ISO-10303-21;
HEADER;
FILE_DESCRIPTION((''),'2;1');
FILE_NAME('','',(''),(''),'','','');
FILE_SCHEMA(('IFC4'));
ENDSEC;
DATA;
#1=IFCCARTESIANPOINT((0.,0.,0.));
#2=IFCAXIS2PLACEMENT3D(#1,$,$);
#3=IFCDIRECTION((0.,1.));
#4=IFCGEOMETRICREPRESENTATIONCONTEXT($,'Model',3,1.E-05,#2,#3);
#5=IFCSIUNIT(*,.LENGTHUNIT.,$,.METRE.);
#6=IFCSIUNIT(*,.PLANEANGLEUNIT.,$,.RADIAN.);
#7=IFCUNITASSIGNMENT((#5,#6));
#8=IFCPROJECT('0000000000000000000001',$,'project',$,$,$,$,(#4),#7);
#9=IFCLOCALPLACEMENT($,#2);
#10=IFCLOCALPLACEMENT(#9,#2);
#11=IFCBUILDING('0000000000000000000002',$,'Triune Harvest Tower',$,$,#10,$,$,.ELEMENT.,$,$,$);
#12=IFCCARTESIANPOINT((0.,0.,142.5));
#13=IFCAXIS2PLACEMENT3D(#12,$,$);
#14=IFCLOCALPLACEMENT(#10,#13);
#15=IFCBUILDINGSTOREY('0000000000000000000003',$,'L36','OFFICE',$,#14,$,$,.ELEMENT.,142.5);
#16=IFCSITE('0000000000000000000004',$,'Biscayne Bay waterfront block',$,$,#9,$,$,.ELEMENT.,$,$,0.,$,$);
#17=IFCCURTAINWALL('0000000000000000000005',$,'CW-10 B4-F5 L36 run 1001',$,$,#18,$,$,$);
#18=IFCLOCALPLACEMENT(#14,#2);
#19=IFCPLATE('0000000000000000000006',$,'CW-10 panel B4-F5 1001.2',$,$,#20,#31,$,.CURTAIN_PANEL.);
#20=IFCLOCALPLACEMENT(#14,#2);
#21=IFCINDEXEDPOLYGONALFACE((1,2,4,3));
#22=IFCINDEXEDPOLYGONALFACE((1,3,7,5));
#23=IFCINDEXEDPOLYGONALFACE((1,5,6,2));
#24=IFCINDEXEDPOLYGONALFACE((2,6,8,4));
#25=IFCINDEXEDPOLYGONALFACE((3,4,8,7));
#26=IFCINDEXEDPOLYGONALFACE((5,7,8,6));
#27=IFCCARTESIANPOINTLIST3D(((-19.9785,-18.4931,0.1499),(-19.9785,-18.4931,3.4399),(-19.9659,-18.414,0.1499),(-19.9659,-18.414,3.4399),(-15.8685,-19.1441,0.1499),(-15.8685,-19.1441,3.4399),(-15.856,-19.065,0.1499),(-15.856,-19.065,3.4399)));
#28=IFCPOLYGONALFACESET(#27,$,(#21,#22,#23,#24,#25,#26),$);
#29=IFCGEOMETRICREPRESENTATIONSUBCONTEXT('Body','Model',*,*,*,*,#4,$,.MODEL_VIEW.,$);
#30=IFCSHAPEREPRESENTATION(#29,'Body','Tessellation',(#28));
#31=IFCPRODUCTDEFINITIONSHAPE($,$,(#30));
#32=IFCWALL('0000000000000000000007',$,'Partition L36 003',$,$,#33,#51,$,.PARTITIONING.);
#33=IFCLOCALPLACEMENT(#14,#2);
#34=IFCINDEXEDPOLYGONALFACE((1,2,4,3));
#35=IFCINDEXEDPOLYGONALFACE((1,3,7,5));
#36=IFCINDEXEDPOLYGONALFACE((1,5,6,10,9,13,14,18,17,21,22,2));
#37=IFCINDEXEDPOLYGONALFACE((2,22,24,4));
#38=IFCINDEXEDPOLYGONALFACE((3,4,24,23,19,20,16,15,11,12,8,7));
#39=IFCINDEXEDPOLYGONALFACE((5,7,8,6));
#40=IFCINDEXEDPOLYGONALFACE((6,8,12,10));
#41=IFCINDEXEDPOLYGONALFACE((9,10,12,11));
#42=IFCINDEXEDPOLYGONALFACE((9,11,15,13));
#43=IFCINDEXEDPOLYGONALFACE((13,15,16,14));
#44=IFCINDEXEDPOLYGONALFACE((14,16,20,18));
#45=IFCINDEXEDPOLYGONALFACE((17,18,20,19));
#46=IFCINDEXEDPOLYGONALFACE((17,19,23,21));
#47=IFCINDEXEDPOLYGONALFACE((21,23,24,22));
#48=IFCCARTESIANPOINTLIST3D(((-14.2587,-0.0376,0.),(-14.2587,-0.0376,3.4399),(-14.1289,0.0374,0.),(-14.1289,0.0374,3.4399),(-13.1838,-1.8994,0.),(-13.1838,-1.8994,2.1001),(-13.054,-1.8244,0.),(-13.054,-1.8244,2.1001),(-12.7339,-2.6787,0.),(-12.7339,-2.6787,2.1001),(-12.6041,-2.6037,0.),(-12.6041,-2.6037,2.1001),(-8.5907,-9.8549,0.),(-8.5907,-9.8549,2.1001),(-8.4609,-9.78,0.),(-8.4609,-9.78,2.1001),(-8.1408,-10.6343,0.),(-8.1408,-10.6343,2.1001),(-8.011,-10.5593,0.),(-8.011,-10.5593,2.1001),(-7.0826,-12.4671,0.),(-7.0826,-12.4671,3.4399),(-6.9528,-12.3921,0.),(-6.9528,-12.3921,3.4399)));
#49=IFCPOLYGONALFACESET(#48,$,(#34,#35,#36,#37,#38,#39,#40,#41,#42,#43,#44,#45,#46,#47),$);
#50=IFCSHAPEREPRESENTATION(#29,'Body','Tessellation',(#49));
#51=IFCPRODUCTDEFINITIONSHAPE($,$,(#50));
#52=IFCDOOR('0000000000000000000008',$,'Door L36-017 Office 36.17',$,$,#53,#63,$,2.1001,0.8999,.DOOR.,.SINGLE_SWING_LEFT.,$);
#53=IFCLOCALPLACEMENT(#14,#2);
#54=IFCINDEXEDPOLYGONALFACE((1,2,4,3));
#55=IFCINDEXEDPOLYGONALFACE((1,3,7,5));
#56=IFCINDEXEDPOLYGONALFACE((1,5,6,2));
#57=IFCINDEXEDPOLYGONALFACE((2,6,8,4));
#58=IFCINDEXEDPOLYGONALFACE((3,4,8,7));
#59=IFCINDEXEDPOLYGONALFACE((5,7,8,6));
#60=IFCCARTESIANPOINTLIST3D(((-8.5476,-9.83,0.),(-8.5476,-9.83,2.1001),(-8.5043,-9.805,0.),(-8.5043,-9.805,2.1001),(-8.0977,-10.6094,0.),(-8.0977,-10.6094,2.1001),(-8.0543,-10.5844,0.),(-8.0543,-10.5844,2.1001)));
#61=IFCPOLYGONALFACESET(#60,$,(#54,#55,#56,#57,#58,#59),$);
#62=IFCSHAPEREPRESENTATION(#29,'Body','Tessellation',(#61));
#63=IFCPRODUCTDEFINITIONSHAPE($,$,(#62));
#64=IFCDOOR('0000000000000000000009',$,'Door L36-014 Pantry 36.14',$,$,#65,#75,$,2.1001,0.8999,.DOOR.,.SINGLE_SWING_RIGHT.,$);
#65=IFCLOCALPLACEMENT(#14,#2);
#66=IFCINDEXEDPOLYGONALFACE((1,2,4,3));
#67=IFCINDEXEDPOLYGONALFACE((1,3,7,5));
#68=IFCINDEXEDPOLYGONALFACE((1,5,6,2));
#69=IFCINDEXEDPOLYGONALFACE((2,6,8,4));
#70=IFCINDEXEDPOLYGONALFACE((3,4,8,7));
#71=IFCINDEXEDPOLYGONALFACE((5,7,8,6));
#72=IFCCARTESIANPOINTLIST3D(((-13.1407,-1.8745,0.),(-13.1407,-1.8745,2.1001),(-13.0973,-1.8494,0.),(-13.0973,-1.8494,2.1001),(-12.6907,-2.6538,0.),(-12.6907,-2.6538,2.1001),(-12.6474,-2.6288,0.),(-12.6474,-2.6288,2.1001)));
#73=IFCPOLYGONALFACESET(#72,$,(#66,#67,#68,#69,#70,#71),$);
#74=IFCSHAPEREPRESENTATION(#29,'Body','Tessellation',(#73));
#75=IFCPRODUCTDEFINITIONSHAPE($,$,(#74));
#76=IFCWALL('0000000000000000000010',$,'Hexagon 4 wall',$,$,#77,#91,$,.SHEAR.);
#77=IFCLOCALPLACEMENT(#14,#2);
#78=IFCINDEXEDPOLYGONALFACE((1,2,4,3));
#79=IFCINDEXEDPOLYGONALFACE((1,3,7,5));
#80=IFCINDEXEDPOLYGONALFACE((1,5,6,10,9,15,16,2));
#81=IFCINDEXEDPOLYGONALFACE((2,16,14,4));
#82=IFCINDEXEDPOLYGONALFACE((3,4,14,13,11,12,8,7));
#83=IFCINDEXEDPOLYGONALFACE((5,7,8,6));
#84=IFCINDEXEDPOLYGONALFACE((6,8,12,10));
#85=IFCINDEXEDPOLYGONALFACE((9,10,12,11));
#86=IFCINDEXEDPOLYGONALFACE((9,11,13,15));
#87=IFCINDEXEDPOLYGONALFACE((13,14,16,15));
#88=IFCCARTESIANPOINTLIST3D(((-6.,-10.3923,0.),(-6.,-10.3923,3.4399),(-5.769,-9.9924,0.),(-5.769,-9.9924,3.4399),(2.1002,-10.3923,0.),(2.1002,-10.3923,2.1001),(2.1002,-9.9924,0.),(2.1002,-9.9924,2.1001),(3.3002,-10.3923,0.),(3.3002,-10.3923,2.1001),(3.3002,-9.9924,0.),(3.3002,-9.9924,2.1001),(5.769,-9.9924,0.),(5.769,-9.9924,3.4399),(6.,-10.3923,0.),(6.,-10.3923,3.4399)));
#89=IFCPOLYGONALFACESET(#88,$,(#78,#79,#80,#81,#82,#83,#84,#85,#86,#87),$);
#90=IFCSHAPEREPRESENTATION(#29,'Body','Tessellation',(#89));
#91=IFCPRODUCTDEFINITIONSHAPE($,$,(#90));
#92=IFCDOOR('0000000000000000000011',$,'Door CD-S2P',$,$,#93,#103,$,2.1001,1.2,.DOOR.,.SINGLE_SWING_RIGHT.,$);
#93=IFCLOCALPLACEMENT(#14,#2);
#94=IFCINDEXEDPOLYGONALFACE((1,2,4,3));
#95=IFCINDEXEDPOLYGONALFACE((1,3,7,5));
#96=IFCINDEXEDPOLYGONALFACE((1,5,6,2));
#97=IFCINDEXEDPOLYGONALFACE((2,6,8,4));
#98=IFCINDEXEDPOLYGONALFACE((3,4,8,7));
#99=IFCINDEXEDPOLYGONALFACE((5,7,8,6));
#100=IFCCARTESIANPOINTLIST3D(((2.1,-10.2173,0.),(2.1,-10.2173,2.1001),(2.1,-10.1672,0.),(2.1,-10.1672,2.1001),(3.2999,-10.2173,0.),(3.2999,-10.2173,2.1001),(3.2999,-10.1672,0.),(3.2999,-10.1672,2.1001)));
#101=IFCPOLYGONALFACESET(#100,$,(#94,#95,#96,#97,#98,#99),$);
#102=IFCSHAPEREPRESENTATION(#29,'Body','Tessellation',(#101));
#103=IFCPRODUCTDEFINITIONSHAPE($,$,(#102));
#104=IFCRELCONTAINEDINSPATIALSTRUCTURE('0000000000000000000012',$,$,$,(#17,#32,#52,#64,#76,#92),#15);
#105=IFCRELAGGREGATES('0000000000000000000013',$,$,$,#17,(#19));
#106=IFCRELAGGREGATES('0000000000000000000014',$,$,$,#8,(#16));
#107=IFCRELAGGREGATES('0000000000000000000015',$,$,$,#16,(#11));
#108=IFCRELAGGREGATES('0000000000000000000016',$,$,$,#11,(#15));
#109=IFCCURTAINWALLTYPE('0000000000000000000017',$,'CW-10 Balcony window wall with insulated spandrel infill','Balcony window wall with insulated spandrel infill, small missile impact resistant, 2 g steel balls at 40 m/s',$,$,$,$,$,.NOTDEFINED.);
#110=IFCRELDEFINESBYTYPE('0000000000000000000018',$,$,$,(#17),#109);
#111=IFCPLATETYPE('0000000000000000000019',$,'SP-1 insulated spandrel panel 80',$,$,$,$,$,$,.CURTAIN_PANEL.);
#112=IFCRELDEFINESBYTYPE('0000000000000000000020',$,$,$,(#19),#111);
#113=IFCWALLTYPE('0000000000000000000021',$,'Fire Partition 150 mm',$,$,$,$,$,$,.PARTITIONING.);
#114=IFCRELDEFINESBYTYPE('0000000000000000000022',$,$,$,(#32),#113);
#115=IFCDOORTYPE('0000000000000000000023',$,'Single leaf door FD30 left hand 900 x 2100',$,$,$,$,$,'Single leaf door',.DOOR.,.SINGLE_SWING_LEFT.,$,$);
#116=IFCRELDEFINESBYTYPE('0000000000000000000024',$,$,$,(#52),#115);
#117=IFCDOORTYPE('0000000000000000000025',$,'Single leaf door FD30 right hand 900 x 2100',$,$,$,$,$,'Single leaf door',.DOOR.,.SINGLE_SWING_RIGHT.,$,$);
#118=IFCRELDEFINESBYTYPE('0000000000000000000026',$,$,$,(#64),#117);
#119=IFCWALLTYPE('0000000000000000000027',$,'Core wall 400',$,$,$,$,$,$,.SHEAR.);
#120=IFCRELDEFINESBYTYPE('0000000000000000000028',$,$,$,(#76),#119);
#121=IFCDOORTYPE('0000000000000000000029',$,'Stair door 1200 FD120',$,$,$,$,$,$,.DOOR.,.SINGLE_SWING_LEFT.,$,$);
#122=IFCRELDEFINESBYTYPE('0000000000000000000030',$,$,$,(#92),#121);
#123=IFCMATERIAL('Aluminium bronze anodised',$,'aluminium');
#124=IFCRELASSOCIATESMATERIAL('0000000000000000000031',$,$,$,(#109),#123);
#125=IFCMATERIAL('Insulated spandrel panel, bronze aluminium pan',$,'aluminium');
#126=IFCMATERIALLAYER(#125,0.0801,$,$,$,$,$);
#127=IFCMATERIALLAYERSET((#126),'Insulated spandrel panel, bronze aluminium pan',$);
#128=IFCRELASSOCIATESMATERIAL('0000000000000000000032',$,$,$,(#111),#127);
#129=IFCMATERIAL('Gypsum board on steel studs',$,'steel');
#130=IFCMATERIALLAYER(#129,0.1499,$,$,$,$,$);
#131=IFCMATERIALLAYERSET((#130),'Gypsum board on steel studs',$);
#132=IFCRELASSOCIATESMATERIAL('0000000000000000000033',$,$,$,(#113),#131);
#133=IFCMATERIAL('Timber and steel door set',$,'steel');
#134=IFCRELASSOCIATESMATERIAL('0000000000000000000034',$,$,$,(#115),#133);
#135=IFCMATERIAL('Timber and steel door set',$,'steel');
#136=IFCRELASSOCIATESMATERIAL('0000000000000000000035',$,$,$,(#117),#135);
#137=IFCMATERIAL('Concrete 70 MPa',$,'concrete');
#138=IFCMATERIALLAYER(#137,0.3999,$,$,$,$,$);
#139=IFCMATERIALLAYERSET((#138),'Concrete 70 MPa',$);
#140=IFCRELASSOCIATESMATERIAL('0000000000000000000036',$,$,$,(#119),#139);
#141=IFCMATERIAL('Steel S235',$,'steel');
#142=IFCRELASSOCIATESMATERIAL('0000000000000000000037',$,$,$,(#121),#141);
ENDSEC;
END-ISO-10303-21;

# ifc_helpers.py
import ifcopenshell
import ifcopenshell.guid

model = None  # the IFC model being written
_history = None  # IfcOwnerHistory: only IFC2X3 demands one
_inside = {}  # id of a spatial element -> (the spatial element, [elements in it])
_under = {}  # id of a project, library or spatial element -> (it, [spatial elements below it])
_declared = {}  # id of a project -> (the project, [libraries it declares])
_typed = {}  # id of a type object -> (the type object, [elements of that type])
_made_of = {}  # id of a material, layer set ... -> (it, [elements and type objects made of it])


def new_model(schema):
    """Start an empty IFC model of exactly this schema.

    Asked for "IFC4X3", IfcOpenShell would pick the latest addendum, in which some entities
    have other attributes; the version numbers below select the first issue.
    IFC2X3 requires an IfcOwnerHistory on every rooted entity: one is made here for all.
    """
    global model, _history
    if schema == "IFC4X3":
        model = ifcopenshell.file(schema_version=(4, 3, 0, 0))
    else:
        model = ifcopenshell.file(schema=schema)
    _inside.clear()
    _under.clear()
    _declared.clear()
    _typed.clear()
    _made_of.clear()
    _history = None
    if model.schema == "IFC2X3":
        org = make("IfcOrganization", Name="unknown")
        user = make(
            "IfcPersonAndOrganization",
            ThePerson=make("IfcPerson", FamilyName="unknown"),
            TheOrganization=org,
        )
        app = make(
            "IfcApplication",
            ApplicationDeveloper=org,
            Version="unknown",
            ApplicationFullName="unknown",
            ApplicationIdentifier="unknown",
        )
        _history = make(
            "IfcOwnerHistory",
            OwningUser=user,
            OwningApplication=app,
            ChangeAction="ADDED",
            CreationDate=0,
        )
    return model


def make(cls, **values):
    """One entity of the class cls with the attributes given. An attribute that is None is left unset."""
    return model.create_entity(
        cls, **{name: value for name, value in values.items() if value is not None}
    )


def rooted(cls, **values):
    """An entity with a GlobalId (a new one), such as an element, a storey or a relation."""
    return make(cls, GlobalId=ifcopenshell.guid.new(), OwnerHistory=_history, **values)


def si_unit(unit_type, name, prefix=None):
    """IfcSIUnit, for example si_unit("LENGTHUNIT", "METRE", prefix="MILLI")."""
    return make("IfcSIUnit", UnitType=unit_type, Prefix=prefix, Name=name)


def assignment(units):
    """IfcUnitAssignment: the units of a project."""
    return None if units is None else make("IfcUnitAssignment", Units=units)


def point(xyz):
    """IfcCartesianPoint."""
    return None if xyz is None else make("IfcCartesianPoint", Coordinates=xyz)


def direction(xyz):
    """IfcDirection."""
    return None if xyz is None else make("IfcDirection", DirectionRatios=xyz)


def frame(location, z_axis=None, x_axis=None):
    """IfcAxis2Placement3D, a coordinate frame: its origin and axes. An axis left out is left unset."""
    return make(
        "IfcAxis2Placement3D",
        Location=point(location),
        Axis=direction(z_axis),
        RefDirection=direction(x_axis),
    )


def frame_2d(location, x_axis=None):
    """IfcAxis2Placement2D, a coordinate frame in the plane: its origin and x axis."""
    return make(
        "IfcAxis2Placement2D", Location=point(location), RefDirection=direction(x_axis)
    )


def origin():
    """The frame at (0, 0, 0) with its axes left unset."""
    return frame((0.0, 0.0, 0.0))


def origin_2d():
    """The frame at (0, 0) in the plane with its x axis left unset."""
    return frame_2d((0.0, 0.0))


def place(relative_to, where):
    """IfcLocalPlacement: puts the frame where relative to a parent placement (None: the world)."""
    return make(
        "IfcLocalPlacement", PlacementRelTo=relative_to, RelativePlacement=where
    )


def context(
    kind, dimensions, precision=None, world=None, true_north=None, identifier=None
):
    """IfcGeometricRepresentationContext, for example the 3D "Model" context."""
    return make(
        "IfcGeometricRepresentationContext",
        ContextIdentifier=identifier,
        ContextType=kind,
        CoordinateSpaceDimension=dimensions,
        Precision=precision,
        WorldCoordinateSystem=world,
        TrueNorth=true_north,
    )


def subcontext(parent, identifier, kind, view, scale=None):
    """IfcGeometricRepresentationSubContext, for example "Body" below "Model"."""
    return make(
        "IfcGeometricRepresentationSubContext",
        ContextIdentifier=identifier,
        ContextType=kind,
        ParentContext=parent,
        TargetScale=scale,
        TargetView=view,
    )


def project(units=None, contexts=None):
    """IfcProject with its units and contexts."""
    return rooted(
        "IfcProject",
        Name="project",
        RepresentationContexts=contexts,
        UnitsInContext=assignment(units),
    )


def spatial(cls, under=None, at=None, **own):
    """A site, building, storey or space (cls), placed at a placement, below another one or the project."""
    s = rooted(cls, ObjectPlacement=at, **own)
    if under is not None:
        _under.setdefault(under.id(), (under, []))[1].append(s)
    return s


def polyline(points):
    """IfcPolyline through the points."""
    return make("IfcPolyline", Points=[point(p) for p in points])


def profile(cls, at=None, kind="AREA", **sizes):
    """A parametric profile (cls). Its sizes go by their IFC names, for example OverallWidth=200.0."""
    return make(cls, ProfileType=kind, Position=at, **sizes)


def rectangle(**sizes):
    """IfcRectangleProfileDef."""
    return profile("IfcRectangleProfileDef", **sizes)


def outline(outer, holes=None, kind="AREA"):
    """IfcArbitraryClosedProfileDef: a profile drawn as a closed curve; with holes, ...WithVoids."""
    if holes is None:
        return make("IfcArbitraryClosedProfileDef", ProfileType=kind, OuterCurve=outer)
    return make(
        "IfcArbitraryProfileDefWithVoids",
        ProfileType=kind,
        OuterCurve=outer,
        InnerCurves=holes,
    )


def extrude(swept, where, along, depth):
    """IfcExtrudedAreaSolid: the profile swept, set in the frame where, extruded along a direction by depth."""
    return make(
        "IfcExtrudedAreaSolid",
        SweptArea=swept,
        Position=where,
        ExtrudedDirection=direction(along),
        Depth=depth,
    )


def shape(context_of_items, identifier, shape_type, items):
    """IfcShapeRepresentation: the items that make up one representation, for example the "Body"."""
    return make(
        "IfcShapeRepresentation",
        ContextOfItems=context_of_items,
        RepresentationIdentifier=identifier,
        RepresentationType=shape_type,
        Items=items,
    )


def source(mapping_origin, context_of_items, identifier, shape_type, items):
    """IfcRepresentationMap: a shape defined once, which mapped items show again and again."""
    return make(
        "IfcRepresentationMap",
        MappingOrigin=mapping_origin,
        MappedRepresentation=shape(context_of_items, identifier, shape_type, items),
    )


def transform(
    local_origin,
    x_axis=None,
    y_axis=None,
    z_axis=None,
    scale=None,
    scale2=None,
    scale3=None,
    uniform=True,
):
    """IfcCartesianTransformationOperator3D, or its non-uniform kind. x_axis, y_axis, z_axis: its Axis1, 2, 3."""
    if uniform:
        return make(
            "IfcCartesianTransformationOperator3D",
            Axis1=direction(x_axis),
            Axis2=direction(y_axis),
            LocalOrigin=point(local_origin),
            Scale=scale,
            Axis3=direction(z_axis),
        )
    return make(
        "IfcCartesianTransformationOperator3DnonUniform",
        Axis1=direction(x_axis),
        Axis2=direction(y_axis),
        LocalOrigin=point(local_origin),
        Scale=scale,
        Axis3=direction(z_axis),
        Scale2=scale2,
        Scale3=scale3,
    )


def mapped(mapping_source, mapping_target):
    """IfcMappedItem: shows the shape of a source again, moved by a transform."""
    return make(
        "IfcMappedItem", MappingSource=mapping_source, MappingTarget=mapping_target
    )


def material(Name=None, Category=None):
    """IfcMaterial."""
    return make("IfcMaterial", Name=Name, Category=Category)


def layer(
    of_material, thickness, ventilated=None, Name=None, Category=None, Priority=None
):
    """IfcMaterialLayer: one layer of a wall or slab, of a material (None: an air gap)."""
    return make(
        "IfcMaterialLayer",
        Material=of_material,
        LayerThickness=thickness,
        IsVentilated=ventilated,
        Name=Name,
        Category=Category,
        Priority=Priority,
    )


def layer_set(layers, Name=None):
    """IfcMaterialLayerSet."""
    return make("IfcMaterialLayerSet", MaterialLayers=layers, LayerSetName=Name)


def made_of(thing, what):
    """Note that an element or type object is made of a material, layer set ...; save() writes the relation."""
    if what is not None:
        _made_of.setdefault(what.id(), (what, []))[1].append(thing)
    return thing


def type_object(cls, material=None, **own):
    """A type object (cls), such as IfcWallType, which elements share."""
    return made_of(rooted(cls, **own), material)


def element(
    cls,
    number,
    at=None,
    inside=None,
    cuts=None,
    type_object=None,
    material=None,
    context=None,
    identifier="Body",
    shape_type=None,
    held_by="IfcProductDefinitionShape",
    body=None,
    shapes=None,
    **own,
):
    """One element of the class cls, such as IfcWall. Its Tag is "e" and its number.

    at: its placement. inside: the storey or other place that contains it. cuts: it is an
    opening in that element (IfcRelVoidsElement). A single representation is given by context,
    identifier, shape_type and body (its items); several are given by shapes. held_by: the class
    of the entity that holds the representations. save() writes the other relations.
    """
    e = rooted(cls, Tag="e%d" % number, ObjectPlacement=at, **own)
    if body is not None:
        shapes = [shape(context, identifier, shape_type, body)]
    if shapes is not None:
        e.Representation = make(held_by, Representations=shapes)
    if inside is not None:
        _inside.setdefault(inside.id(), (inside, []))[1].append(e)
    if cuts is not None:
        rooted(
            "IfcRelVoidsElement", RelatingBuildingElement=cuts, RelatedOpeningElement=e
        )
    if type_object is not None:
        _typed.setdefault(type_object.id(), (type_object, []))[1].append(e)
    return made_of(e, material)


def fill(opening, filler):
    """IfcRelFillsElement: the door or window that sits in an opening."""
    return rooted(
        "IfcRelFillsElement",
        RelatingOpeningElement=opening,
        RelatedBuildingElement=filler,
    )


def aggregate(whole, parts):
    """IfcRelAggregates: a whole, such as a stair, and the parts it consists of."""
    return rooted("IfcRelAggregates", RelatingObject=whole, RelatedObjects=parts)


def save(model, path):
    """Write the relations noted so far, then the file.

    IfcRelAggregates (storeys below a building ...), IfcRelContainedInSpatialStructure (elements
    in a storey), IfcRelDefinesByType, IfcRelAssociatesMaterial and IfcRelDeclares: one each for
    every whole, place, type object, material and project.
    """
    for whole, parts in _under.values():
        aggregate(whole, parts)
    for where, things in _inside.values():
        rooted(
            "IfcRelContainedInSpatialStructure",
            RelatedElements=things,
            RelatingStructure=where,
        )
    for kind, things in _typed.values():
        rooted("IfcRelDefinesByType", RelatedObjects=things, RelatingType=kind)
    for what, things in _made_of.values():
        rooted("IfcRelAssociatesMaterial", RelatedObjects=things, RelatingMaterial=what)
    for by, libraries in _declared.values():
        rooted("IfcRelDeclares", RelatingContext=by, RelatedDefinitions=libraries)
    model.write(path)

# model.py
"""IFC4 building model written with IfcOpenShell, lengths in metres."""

from ifc_helpers import new_model, si_unit, direction, frame, frame_2d, origin, origin_2d, place, context, subcontext, project, spatial, polyline, rectangle, outline, extrude, source, transform, mapped, material, layer, layer_set, type_object, element, fill, aggregate, save


model = new_model("IFC4")

# Units and contexts
model_context = context("Model", 3, precision=1e-05, world=origin(), true_north=direction((0.0, 1.0)))
body_context = subcontext(model_context, "Body", "Model", "MODEL_VIEW")
ifc_project = project(units=[si_unit("LENGTHUNIT", "METRE"), si_unit("PLANEANGLEUNIT", "RADIAN")], contexts=[model_context])

# Site, building, storey
site_placement = place(None, origin())
site = spatial("IfcSite", under=ifc_project, at=site_placement, Name="Biscayne Bay waterfront block", CompositionType="ELEMENT", RefElevation=0.0)
building_placement = place(site_placement, origin())
building = spatial("IfcBuilding", under=site, at=building_placement, Name="Triune Harvest Tower", CompositionType="ELEMENT")
storey_placement = place(building_placement, frame((0.0, 0.0, 142.5)))
storey = spatial("IfcBuildingStorey", under=building, at=storey_placement, Name="L36", Description="OFFICE", CompositionType="ELEMENT", Elevation=142.5)

# Curtain wall, plate
ifc_material_1 = material(Name="Aluminium bronze anodised", Category="aluminium")
curtain_wall_type = type_object("IfcCurtainWallType", Name="CW-10 Balcony window wall with insulated spandrel infill", Description="Balcony window wall with insulated spandrel infill, small missile impact resistant, 2 g steel balls at 40 m/s", PredefinedType="NOTDEFINED", material=ifc_material_1)
curtain_wall_placement = place(storey_placement, origin())
curtain_wall = element("IfcCurtainWall", 1, at=curtain_wall_placement, inside=storey, type_object=curtain_wall_type, Name="CW-10 B4-F5 L36 run 1001")
ifc_material_2 = material(Name="Insulated spandrel panel, bronze aluminium pan", Category="aluminium")
ifc_layer_1 = layer(ifc_material_2, 0.0801)
ifc_layer_set_1 = layer_set([ifc_layer_1], Name="Insulated spandrel panel, bronze aluminium pan")
plate_type = type_object("IfcPlateType", Name="SP-1 insulated spandrel panel 80", PredefinedType="CURTAIN_PANEL", material=ifc_layer_set_1)
shared_shape_1 = source(origin(), body_context, "Body", "SweptSolid", [
    extrude(rectangle(XDim=4.1611, YDim=0.0801, at=origin_2d()), origin(), (0.0, 0.0, 1.0), 3.29),
])
plate_placement = place(storey_placement, frame((-17.9172, -18.7791, 0.1499), z_axis=(0.0, 0.0, 1.0), x_axis=(0.987688, -0.156434, 0.0)))
plate = element("IfcPlate", 2, at=plate_placement, type_object=plate_type, Name="CW-10 panel B4-F5 1001.2", PredefinedType="CURTAIN_PANEL", context=body_context, shape_type="MappedRepresentation", body=[
    mapped(shared_shape_1, transform((0.0, 0.0, 0.0), scale=1.0)),
])
aggregate(curtain_wall, [plate])

# Wall, openings, doors
ifc_material_3 = material(Name="Gypsum board on steel studs", Category="steel")
ifc_layer_2 = layer(ifc_material_3, 0.1499)
ifc_layer_set_2 = layer_set([ifc_layer_2], Name="Gypsum board on steel studs")
wall_type_1 = type_object("IfcWallType", Name="Fire Partition 150 mm", PredefinedType="PARTITIONING", material=ifc_layer_set_2)
wall_1_placement = place(storey_placement, frame((-14.1938, 0.0, 0.0), z_axis=(0.0, 0.0, 1.0), x_axis=(0.499994, -0.866029, 0.0)))
wall_1 = element("IfcWall", 3, at=wall_1_placement, inside=storey, type_object=wall_type_1, Name="Partition L36 003", PredefinedType="PARTITIONING", context=body_context, shape_type="SweptSolid", body=[
    extrude(rectangle(XDim=14.3523, YDim=0.1499, at=frame_2d((7.1763, 0.0))), origin(), (0.0, 0.0, 1.0), 3.4399),
])
opening_1_placement = place(wall_1_placement, frame((2.1499, 0.0, 0.0)))
opening_1 = element("IfcOpeningElement", 4, at=opening_1_placement, cuts=wall_1, PredefinedType="OPENING", context=body_context, shape_type="SweptSolid", body=[
    extrude(rectangle(XDim=0.8999, YDim=2.1001, at=frame_2d((0.45, 1.05))), frame((0.0, 0.085, 0.0), z_axis=(0.0, -1.0, 0.0), x_axis=(1.0, 0.0, 0.0)), (0.0, 0.0, 1.0), 0.1699),
])
opening_2_placement = place(wall_1_placement, frame((11.3362, 0.0, 0.0)))
opening_2 = element("IfcOpeningElement", 5, at=opening_2_placement, cuts=wall_1, PredefinedType="OPENING", context=body_context, shape_type="SweptSolid", body=[
    extrude(rectangle(XDim=0.8999, YDim=2.1001, at=frame_2d((0.45, 1.05))), frame((0.0, 0.085, 0.0), z_axis=(0.0, -1.0, 0.0), x_axis=(1.0, 0.0, 0.0)), (0.0, 0.0, 1.0), 0.1699),
])
ifc_material_4 = material(Name="Timber and steel door set", Category="steel")
door_type_1 = type_object("IfcDoorType", Name="Single leaf door FD30 left hand 900 x 2100", ElementType="Single leaf door", OperationType="SINGLE_SWING_LEFT", PredefinedType="DOOR", material=ifc_material_4)
door_1_placement = place(opening_2_placement, origin())
door_1 = element("IfcDoor", 6, at=door_1_placement, inside=storey, type_object=door_type_1, Name="Door L36-017 Office 36.17", OperationType="SINGLE_SWING_LEFT", OverallHeight=2.1001, OverallWidth=0.8999, PredefinedType="DOOR", context=body_context, shape_type="SweptSolid", body=[
    extrude(rectangle(XDim=0.8999, YDim=2.1001, at=frame_2d((0.45, 1.05))), frame((0.0, 0.0249, 0.0), z_axis=(0.0, -1.0, 0.0), x_axis=(1.0, 0.0, 0.0)), (0.0, 0.0, 1.0), 0.05),
])
fill(opening_2, door_1)
ifc_material_5 = material(Name="Timber and steel door set", Category="steel")
door_type_2 = type_object("IfcDoorType", Name="Single leaf door FD30 right hand 900 x 2100", ElementType="Single leaf door", OperationType="SINGLE_SWING_RIGHT", PredefinedType="DOOR", material=ifc_material_5)
door_2_placement = place(opening_1_placement, origin())
door_2 = element("IfcDoor", 7, at=door_2_placement, inside=storey, type_object=door_type_2, Name="Door L36-014 Pantry 36.14", OperationType="SINGLE_SWING_RIGHT", OverallHeight=2.1001, OverallWidth=0.8999, PredefinedType="DOOR", context=body_context, shape_type="SweptSolid", body=[
    extrude(rectangle(XDim=0.8999, YDim=2.1001, at=frame_2d((0.45, 1.05))), frame((0.0, 0.0249, 0.0), z_axis=(0.0, -1.0, 0.0), x_axis=(1.0, 0.0, 0.0)), (0.0, 0.0, 1.0), 0.05),
])
fill(opening_1, door_2)

# Wall, opening, door
ifc_material_6 = material(Name="Concrete 70 MPa", Category="concrete")
ifc_layer_3 = layer(ifc_material_6, 0.3999)
ifc_layer_set_3 = layer_set([ifc_layer_3], Name="Concrete 70 MPa")
wall_type_2 = type_object("IfcWallType", Name="Core wall 400", PredefinedType="SHEAR", material=ifc_layer_set_3)
shared_shape_2 = source(origin(), body_context, "Body", "SweptSolid", [
    extrude(outline(polyline([(-0.1155, -0.2), (11.8845, -0.2), (11.6536, 0.2), (0.1155, 0.2), (-0.1155, -0.2)])), origin(), (0.0, 0.0, 1.0), 3.4399),
])
wall_2_placement = place(storey_placement, frame((-5.8845, -10.1924, 0.0), z_axis=(0.0, 0.0, 1.0), x_axis=(1.0, 0.0, 0.0)))
wall_2 = element("IfcWall", 8, at=wall_2_placement, inside=storey, type_object=wall_type_2, Name="Hexagon 4 wall", PredefinedType="SHEAR", context=body_context, shape_type="MappedRepresentation", body=[
    mapped(shared_shape_2, transform((0.0, 0.0, 0.0), scale=1.0)),
])
opening_3_placement = place(wall_2_placement, frame((7.9846, 0.0, 0.0)))
opening_3 = element("IfcOpeningElement", 9, at=opening_3_placement, cuts=wall_2, PredefinedType="OPENING", context=body_context, shape_type="SweptSolid", body=[
    extrude(rectangle(XDim=1.2, YDim=2.1001, at=frame_2d((0.6001, 1.05))), frame((0.0, 0.21, 0.0), z_axis=(0.0, -1.0, 0.0), x_axis=(1.0, 0.0, 0.0)), (0.0, 0.0, 1.0), 0.4199),
])
ifc_material_7 = material(Name="Steel S235", Category="steel")
door_type_3 = type_object("IfcDoorType", Name="Stair door 1200 FD120", OperationType="SINGLE_SWING_LEFT", PredefinedType="DOOR", material=ifc_material_7)
door_3_placement = place(opening_3_placement, frame((1.2, 0.0, 0.0), z_axis=(0.0, 0.0, 1.0), x_axis=(-1.0, 0.0, 0.0)))
door_3 = element("IfcDoor", 10, at=door_3_placement, inside=storey, type_object=door_type_3, Name="Door CD-S2P", OperationType="SINGLE_SWING_RIGHT", OverallHeight=2.1001, OverallWidth=1.2, PredefinedType="DOOR", context=body_context, shape_type="SweptSolid", body=[
    extrude(rectangle(XDim=1.2, YDim=2.1001, at=frame_2d((0.6001, 1.05))), frame((0.0, 0.0249, 0.0), z_axis=(0.0, -1.0, 0.0), x_axis=(1.0, 0.0, 0.0)), (0.0, 0.0, 1.0), 0.05),
])
fill(opening_3, door_3)

save(model, "model.ifc")
